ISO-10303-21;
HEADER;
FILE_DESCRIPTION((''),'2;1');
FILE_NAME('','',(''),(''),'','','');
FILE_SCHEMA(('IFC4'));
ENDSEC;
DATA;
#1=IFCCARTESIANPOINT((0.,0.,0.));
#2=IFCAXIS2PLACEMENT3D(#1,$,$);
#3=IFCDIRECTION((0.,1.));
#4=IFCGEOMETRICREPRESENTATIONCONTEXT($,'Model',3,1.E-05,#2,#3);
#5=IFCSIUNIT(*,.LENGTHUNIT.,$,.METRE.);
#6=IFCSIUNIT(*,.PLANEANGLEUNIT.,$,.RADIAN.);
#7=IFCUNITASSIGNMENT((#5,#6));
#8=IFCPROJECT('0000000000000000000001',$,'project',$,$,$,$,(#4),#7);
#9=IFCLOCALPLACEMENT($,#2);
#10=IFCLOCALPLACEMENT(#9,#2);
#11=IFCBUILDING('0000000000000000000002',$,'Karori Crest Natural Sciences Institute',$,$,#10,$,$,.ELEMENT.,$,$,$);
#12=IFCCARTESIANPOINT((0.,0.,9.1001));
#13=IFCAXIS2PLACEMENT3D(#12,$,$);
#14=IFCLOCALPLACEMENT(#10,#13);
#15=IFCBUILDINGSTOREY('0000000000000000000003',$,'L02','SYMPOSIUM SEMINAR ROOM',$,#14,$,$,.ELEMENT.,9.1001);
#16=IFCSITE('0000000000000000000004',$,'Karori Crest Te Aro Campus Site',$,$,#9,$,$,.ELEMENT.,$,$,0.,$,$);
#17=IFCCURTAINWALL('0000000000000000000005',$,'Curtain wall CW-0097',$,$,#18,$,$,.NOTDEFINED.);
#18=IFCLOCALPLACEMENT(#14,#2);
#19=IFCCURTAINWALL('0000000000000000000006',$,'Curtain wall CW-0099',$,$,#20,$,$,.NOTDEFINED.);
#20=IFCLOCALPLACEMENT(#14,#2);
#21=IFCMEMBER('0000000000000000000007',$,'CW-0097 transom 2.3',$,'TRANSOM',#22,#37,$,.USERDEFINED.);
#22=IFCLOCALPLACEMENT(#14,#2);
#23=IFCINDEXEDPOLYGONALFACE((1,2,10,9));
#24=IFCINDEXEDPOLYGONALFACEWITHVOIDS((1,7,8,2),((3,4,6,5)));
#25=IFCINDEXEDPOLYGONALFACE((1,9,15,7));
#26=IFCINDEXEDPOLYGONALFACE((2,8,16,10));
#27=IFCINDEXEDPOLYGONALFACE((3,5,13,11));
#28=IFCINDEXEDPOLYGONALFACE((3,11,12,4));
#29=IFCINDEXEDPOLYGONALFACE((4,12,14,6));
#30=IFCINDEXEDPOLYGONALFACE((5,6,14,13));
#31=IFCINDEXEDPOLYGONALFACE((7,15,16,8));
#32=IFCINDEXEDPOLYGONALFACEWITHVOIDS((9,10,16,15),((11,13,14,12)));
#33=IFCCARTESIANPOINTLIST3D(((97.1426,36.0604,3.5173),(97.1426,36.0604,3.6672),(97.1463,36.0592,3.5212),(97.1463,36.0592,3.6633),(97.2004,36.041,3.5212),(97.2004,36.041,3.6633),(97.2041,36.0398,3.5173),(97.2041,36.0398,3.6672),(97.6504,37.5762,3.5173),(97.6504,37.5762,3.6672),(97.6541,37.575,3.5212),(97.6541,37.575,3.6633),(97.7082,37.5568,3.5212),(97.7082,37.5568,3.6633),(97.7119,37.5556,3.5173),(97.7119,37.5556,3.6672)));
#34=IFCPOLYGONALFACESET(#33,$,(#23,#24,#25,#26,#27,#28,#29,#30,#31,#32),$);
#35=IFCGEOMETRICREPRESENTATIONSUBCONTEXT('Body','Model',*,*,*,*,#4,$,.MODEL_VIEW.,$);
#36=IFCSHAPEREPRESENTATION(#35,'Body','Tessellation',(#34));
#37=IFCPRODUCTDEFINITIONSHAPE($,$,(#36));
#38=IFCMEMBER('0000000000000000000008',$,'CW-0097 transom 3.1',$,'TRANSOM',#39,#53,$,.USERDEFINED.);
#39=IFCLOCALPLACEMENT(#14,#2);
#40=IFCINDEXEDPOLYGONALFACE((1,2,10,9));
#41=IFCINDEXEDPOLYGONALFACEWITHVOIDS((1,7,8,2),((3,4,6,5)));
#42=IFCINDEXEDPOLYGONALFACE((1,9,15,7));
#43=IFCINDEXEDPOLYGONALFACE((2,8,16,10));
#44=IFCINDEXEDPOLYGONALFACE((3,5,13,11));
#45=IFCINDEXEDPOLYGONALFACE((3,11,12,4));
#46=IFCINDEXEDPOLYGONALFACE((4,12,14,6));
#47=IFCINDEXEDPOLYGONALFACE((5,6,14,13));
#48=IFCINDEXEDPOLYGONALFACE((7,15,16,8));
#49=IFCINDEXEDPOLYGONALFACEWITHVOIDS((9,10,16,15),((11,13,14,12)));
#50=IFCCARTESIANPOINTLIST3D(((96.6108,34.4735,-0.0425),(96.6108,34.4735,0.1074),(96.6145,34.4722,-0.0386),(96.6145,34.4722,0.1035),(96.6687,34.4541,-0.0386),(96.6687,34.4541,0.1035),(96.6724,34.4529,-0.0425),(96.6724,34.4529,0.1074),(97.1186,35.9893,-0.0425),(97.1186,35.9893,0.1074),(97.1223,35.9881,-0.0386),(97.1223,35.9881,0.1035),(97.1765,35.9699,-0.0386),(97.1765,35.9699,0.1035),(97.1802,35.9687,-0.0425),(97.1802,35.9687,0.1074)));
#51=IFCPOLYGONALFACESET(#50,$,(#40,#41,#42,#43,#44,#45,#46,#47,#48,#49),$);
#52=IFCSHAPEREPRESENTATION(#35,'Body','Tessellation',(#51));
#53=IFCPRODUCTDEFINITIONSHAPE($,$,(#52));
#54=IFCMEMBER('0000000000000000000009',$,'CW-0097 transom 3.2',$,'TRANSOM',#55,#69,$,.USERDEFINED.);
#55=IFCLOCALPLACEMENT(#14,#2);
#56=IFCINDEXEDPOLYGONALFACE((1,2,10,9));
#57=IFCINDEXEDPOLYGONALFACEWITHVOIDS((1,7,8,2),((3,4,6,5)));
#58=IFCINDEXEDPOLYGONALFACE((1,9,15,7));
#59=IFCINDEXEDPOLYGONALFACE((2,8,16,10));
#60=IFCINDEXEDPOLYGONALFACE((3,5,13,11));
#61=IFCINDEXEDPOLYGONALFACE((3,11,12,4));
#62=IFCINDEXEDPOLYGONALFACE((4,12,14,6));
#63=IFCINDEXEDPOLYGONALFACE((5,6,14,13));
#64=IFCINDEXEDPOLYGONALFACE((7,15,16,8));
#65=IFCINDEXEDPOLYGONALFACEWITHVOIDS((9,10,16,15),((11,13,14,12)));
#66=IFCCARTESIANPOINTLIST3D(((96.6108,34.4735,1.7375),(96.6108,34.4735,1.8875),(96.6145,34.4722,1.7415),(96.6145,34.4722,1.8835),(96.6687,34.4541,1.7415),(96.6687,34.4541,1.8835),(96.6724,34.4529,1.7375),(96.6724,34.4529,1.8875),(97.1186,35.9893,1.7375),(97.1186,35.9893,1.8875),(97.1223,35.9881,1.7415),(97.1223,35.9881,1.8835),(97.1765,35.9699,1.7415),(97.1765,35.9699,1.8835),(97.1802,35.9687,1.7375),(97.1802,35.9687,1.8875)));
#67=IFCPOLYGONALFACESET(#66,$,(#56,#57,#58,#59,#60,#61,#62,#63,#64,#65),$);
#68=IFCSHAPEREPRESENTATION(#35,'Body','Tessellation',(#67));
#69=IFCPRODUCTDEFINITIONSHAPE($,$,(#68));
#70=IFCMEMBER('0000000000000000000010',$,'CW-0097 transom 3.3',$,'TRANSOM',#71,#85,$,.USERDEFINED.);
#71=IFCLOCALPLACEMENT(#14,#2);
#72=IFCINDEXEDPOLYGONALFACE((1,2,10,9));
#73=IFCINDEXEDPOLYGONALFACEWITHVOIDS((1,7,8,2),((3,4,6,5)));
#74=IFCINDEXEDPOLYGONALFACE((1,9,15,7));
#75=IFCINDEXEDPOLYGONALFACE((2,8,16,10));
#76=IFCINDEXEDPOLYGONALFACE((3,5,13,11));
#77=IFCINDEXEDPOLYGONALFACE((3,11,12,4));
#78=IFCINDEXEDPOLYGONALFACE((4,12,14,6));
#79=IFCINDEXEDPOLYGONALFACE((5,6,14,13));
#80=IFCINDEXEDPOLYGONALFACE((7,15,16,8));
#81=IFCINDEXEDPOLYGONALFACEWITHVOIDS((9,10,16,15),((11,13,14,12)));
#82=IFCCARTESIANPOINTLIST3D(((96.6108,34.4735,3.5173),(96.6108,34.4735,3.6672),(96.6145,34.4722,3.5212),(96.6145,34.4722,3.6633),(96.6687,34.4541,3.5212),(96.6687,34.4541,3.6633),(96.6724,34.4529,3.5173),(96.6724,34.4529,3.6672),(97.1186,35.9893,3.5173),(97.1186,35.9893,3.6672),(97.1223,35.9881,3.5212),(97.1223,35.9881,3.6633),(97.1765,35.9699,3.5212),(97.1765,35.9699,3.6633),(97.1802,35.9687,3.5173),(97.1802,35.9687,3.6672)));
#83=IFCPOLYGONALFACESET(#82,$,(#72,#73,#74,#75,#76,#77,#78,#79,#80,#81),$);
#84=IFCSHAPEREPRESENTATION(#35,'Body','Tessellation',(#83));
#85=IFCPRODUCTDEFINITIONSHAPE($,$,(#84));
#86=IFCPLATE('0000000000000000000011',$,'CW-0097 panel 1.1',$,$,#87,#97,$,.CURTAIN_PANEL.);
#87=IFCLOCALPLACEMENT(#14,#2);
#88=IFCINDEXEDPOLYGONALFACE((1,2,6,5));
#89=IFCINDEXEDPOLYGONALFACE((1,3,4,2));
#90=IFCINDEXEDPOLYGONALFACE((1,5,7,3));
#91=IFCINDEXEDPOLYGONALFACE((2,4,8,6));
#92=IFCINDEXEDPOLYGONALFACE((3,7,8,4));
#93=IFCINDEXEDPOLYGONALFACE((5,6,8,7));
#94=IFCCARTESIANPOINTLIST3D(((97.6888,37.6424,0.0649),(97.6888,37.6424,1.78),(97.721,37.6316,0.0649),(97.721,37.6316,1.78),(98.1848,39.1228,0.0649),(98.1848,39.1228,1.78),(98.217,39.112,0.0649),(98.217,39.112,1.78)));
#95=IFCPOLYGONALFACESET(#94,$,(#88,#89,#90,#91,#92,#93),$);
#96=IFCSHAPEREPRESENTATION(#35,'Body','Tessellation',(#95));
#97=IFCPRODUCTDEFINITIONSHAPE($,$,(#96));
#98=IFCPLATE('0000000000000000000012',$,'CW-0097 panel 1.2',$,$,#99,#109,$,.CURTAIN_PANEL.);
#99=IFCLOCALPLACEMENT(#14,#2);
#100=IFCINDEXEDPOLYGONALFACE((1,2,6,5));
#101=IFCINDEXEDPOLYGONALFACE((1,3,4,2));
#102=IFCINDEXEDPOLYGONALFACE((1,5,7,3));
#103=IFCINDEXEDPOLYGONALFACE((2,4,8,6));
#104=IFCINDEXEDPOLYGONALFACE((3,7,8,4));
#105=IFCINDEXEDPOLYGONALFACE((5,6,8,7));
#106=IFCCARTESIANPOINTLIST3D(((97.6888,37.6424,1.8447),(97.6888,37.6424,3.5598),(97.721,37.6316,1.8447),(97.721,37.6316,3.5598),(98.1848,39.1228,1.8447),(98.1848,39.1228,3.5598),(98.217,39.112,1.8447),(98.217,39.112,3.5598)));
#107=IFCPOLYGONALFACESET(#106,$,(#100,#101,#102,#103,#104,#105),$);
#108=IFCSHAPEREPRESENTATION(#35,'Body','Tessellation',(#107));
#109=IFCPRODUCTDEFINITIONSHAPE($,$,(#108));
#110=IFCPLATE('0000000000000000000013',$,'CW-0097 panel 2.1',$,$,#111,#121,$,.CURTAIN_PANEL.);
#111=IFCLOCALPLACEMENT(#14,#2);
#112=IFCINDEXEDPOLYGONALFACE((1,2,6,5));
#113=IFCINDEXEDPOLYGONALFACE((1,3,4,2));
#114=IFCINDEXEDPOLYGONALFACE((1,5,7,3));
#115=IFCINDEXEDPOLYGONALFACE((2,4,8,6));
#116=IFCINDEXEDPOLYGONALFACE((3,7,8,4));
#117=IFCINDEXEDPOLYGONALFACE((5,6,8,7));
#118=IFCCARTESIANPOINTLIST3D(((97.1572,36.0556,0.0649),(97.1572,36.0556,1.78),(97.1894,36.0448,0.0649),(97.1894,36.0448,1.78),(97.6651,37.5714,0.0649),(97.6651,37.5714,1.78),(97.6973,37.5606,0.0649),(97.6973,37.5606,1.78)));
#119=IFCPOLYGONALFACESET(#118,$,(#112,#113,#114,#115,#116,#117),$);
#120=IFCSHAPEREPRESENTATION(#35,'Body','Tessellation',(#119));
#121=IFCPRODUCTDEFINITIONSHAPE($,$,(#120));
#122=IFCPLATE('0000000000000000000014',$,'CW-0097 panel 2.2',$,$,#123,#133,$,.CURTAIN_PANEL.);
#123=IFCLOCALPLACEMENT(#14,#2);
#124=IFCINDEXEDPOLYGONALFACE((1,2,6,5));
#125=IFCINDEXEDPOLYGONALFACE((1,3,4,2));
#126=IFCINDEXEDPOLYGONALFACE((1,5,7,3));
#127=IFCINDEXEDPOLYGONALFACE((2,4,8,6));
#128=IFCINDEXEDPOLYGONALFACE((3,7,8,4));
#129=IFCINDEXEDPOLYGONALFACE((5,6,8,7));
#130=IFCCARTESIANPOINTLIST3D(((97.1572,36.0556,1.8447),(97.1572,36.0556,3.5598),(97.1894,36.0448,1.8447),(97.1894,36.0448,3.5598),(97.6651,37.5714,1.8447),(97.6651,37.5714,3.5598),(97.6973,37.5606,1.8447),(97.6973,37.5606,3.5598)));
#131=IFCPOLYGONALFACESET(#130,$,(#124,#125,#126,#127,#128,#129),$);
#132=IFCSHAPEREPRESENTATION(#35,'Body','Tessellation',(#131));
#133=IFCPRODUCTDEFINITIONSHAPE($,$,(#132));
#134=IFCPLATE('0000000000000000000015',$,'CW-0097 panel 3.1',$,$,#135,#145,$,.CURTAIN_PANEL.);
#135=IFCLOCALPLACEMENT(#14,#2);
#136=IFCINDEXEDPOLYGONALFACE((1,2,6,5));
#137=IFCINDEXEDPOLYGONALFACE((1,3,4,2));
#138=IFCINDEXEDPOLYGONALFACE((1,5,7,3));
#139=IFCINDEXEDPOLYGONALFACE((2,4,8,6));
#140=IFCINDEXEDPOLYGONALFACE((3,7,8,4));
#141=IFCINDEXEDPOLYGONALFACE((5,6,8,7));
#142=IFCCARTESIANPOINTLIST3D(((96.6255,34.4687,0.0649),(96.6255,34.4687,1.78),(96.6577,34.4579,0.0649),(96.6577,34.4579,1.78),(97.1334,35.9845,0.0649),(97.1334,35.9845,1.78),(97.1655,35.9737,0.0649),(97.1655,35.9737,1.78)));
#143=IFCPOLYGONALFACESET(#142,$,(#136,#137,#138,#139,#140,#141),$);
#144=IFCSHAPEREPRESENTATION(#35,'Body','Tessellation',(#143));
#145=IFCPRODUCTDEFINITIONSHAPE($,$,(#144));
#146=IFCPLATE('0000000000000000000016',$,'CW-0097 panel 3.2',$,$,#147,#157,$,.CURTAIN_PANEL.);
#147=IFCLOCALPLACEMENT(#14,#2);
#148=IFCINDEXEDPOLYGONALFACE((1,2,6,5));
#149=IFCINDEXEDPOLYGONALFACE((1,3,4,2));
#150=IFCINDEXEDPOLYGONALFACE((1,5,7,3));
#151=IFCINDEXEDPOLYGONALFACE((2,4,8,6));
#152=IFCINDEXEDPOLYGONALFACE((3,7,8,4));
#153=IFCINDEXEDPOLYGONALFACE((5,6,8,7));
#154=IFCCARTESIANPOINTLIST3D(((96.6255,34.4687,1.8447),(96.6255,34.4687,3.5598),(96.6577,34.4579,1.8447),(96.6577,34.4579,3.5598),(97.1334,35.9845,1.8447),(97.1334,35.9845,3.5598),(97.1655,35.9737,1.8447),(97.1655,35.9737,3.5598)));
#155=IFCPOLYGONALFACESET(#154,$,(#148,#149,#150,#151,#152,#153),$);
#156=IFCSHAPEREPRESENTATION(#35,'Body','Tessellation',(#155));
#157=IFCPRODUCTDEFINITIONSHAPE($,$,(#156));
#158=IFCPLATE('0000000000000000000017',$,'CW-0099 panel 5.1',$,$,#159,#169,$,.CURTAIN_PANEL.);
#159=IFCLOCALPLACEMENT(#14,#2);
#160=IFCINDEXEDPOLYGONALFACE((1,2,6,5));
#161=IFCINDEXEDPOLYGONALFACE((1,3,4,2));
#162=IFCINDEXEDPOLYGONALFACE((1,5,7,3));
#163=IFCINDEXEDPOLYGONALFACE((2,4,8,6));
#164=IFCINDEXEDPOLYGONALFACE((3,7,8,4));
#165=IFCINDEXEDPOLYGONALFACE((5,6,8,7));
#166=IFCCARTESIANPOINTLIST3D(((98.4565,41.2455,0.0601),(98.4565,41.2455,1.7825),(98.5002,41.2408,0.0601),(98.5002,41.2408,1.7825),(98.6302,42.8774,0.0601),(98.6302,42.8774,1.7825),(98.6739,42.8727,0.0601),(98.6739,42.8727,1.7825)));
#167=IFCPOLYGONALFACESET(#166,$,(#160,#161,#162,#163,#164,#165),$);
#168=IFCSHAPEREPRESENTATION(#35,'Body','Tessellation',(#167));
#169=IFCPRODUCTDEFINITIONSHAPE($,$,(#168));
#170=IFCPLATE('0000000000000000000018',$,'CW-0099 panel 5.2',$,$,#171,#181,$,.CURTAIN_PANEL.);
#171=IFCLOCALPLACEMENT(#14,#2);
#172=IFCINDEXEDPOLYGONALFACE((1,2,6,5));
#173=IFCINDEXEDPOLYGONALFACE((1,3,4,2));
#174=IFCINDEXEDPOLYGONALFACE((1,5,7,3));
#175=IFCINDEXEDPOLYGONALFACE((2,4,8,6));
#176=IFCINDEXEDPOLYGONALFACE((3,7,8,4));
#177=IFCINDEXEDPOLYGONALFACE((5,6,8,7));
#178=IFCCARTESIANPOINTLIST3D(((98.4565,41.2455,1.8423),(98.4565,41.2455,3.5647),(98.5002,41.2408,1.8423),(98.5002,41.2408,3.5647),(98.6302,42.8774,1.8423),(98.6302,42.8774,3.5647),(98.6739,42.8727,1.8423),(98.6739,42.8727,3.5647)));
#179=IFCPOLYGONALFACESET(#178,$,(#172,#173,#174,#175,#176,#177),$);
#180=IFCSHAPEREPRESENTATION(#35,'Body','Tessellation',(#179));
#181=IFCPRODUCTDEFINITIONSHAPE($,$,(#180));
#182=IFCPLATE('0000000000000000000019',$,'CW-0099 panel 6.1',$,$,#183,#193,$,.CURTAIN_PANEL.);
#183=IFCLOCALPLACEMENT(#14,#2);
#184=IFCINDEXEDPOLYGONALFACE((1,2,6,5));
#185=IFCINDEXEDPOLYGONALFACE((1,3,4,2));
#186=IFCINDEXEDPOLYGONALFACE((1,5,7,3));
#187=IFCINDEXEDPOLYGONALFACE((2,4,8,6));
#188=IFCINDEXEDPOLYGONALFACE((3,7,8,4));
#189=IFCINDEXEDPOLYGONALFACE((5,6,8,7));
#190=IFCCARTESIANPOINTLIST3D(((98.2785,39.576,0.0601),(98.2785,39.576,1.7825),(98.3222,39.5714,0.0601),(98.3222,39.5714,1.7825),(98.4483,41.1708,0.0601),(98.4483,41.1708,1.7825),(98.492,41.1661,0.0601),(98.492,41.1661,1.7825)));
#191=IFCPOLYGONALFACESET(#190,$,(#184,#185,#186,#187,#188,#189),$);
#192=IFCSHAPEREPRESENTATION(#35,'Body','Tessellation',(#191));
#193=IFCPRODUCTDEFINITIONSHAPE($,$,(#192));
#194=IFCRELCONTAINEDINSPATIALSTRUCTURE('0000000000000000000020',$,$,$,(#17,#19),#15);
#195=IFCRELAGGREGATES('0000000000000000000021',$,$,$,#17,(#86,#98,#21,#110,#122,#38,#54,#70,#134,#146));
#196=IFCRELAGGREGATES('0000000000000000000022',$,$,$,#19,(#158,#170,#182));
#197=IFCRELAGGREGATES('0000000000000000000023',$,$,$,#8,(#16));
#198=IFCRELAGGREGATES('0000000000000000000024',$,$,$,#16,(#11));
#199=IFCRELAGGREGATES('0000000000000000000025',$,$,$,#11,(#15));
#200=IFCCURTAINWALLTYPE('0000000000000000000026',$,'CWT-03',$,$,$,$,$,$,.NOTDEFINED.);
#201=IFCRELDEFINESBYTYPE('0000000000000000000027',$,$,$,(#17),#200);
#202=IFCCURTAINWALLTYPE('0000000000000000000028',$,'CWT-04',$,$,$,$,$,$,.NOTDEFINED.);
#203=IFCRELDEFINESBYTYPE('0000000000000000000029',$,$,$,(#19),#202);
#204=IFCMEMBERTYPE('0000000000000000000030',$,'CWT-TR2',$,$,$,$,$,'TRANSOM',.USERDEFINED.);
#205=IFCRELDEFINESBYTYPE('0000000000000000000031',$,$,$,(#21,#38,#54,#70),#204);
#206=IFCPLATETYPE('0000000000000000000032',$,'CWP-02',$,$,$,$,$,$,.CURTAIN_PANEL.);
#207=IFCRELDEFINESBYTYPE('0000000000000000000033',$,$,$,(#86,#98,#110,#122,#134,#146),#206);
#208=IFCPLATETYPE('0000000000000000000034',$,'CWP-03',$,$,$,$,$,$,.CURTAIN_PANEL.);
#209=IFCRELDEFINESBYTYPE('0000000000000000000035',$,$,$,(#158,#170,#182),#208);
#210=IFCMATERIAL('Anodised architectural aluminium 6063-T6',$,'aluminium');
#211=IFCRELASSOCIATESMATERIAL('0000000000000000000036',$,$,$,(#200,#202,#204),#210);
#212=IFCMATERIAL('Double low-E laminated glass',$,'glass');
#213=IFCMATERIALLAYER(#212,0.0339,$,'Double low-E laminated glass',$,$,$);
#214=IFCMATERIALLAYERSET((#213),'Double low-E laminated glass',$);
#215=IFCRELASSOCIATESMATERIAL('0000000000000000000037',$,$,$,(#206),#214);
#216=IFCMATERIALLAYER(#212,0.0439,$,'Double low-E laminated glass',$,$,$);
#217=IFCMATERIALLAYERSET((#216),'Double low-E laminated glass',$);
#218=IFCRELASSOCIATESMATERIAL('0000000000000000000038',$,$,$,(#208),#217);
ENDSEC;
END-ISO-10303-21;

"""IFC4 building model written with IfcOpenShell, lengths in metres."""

from ifc_helpers import new_model, si_unit, direction, frame, origin, origin_2d, place, context, subcontext, project, spatial, rectangle, hollow_rectangle, extrude, material, layer, layer_set, material_profile, profile_set, type_object, element, aggregate, save


model = new_model("IFC4")

# Units and contexts
model_context = context("Model", 3, precision=1e-05, world=origin(), true_north=direction((0.0, 1.0)))
body_context = subcontext(model_context, "Body", "Model", "MODEL_VIEW")
ifc_project = project(units=[si_unit("LENGTHUNIT", "METRE"), si_unit("PLANEANGLEUNIT", "RADIAN")], contexts=[model_context])

# Site, building, storey
site_placement = place(None, origin())
site = spatial("IfcSite", under=ifc_project, at=site_placement, Name="Karori Crest Te Aro Campus Site", CompositionType="ELEMENT", RefElevation=0.0)
building_placement = place(site_placement, origin())
building = spatial("IfcBuilding", under=site, at=building_placement, Name="Karori Crest Natural Sciences Institute", CompositionType="ELEMENT")
storey_placement = place(building_placement, frame((0.0, 0.0, 9.1001)))
storey = spatial("IfcBuildingStorey", under=building, at=storey_placement, Name="L02", Description="SYMPOSIUM SEMINAR ROOM", CompositionType="ELEMENT", Elevation=9.1001)

# Curtain walls
ifc_material_1 = material(Name="Anodised architectural aluminium 6063-T6", Category="aluminium")
curtain_wall_type_1 = type_object("IfcCurtainWallType", Name="CWT-03", PredefinedType="NOTDEFINED", material=ifc_material_1)
curtain_wall_1_placement = place(storey_placement, origin())
curtain_wall_1 = element("IfcCurtainWall", 1, at=curtain_wall_1_placement, inside=storey, type_object=curtain_wall_type_1, Name="Curtain wall CW-0097", PredefinedType="NOTDEFINED")
curtain_wall_type_2 = type_object("IfcCurtainWallType", Name="CWT-04", PredefinedType="NOTDEFINED", material=ifc_material_1)
curtain_wall_2_placement = place(storey_placement, origin())
curtain_wall_2 = element("IfcCurtainWall", 2, at=curtain_wall_2_placement, inside=storey, type_object=curtain_wall_type_2, Name="Curtain wall CW-0099", PredefinedType="NOTDEFINED")

# Members
ifc_material_profile_1 = material_profile(ifc_material_1, hollow_rectangle(XDim=0.0649, YDim=0.1499, WallThickness=0.0039, at=origin_2d()), Name="CWT150x65x4")
ifc_profile_set_1 = profile_set([ifc_material_profile_1], Name="Anodised architectural aluminium 6063-T6")
member_type_1 = type_object("IfcMemberType", Name="CWT-TR2", ElementType="TRANSOM", PredefinedType="USERDEFINED", material=ifc_profile_set_1)
member_1_placement = place(storey_placement, frame((97.6812, 37.5659, 3.5923), z_axis=(-0.317648, -0.948209, 0.0), x_axis=(0.948209, -0.317648, 0.0)))
member_1 = element("IfcMember", 3, at=member_1_placement, type_object=member_type_1, Name="CW-0097 transom 2.3", ObjectType="TRANSOM", PredefinedType="USERDEFINED", context=body_context, shape_type="SweptSolid", body=[
    extrude(hollow_rectangle(XDim=0.0649, YDim=0.1499, WallThickness=0.0039, at=origin_2d()), origin(), (0.0, 0.0, 1.0), 1.5986),
])
member_2_placement = place(storey_placement, frame((97.1494, 35.979, 0.0325), z_axis=(-0.317648, -0.948209, 0.0), x_axis=(0.948209, -0.317648, 0.0)))
member_2 = element("IfcMember", 4, at=member_2_placement, type_object=member_type_1, Name="CW-0097 transom 3.1", ObjectType="TRANSOM", PredefinedType="USERDEFINED", context=body_context, shape_type="SweptSolid", body=[
    extrude(hollow_rectangle(XDim=0.0649, YDim=0.1499, WallThickness=0.0039, at=origin_2d()), origin(), (0.0, 0.0, 1.0), 1.5986),
])
member_3_placement = place(storey_placement, frame((97.1494, 35.979, 1.8125), z_axis=(-0.317648, -0.948209, 0.0), x_axis=(0.948209, -0.317648, 0.0)))
member_3 = element("IfcMember", 5, at=member_3_placement, type_object=member_type_1, Name="CW-0097 transom 3.2", ObjectType="TRANSOM", PredefinedType="USERDEFINED", context=body_context, shape_type="SweptSolid", body=[
    extrude(hollow_rectangle(XDim=0.0649, YDim=0.1499, WallThickness=0.0039, at=origin_2d()), origin(), (0.0, 0.0, 1.0), 1.5986),
])
member_4_placement = place(storey_placement, frame((97.1494, 35.979, 3.5923), z_axis=(-0.317648, -0.948209, 0.0), x_axis=(0.948209, -0.317648, 0.0)))
member_4 = element("IfcMember", 6, at=member_4_placement, type_object=member_type_1, Name="CW-0097 transom 3.3", ObjectType="TRANSOM", PredefinedType="USERDEFINED", context=body_context, shape_type="SweptSolid", body=[
    extrude(hollow_rectangle(XDim=0.0649, YDim=0.1499, WallThickness=0.0039, at=origin_2d()), origin(), (0.0, 0.0, 1.0), 1.5986),
])

# Plates
ifc_material_2 = material(Name="Double low-E laminated glass", Category="glass")
ifc_layer_1 = layer(ifc_material_2, 0.0339, Name="Double low-E laminated glass")
ifc_layer_set_1 = layer_set([ifc_layer_1], Name="Double low-E laminated glass")
plate_type_1 = type_object("IfcPlateType", Name="CWP-02", PredefinedType="CURTAIN_PANEL", material=ifc_layer_set_1)
plate_1_placement = place(storey_placement, frame((97.9529, 38.3772, 0.0649), z_axis=(0.0, 0.0, 1.0), x_axis=(-0.317685, -0.948196, 0.0)))
plate_1 = element("IfcPlate", 7, at=plate_1_placement, type_object=plate_type_1, Name="CW-0097 panel 1.1", PredefinedType="CURTAIN_PANEL", context=body_context, shape_type="SweptSolid", body=[
    extrude(rectangle(XDim=1.5613, YDim=0.0339, at=origin_2d()), origin(), (0.0, 0.0, 1.0), 1.7151),
])
plate_2_placement = place(storey_placement, frame((97.9529, 38.3772, 1.8447), z_axis=(0.0, 0.0, 1.0), x_axis=(-0.317685, -0.948196, 0.0)))
plate_2 = element("IfcPlate", 8, at=plate_2_placement, type_object=plate_type_1, Name="CW-0097 panel 1.2", PredefinedType="CURTAIN_PANEL", context=body_context, shape_type="SweptSolid", body=[
    extrude(rectangle(XDim=1.5613, YDim=0.0339, at=origin_2d()), origin(), (0.0, 0.0, 1.0), 1.7151),
])
plate_3_placement = place(storey_placement, frame((97.4272, 36.8081, 0.0649), z_axis=(0.0, 0.0, 1.0), x_axis=(-0.317685, -0.948196, 0.0)))
plate_3 = element("IfcPlate", 9, at=plate_3_placement, type_object=plate_type_1, Name="CW-0097 panel 2.1", PredefinedType="CURTAIN_PANEL", context=body_context, shape_type="SweptSolid", body=[
    extrude(rectangle(XDim=1.5986, YDim=0.0339, at=origin_2d()), origin(), (0.0, 0.0, 1.0), 1.7151),
])
plate_4_placement = place(storey_placement, frame((97.4272, 36.8081, 1.8447), z_axis=(0.0, 0.0, 1.0), x_axis=(-0.317685, -0.948196, 0.0)))
plate_4 = element("IfcPlate", 10, at=plate_4_placement, type_object=plate_type_1, Name="CW-0097 panel 2.2", PredefinedType="CURTAIN_PANEL", context=body_context, shape_type="SweptSolid", body=[
    extrude(rectangle(XDim=1.5986, YDim=0.0339, at=origin_2d()), origin(), (0.0, 0.0, 1.0), 1.7151),
])
plate_5_placement = place(storey_placement, frame((96.8955, 35.2212, 0.0649), z_axis=(0.0, 0.0, 1.0), x_axis=(-0.317685, -0.948196, 0.0)))
plate_5 = element("IfcPlate", 11, at=plate_5_placement, type_object=plate_type_1, Name="CW-0097 panel 3.1", PredefinedType="CURTAIN_PANEL", context=body_context, shape_type="SweptSolid", body=[
    extrude(rectangle(XDim=1.5986, YDim=0.0339, at=origin_2d()), origin(), (0.0, 0.0, 1.0), 1.7151),
])
plate_6_placement = place(storey_placement, frame((96.8955, 35.2212, 1.8447), z_axis=(0.0, 0.0, 1.0), x_axis=(-0.317685, -0.948196, 0.0)))
plate_6 = element("IfcPlate", 12, at=plate_6_placement, type_object=plate_type_1, Name="CW-0097 panel 3.2", PredefinedType="CURTAIN_PANEL", context=body_context, shape_type="SweptSolid", body=[
    extrude(rectangle(XDim=1.5986, YDim=0.0339, at=origin_2d()), origin(), (0.0, 0.0, 1.0), 1.7151),
])
aggregate(curtain_wall_1, [plate_1, plate_2, member_1, plate_3, plate_4, member_2, member_3, member_4, plate_5, plate_6])
ifc_layer_2 = layer(ifc_material_2, 0.0439, Name="Double low-E laminated glass")
ifc_layer_set_2 = layer_set([ifc_layer_2], Name="Double low-E laminated glass")
plate_type_2 = type_object("IfcPlateType", Name="CWP-03", PredefinedType="CURTAIN_PANEL", material=ifc_layer_set_2)
plate_7_placement = place(storey_placement, frame((98.5652, 42.0591, 0.0601), z_axis=(0.0, 0.0, 1.0), x_axis=(-0.105884, -0.994378, 0.0)))
plate_7 = element("IfcPlate", 13, at=plate_7_placement, type_object=plate_type_2, Name="CW-0099 panel 5.1", PredefinedType="CURTAIN_PANEL", context=body_context, shape_type="SweptSolid", body=[
    extrude(rectangle(XDim=1.6411, YDim=0.0439, at=origin_2d()), origin(), (0.0, 0.0, 1.0), 1.7224),
])
plate_8_placement = place(storey_placement, frame((98.5652, 42.0591, 1.8423), z_axis=(0.0, 0.0, 1.0), x_axis=(-0.105884, -0.994378, 0.0)))
plate_8 = element("IfcPlate", 14, at=plate_8_placement, type_object=plate_type_2, Name="CW-0099 panel 5.2", PredefinedType="CURTAIN_PANEL", context=body_context, shape_type="SweptSolid", body=[
    extrude(rectangle(XDim=1.6411, YDim=0.0439, at=origin_2d()), origin(), (0.0, 0.0, 1.0), 1.7224),
])
plate_9_placement = place(storey_placement, frame((98.3853, 40.3711, 0.0601), z_axis=(0.0, 0.0, 1.0), x_axis=(-0.105884, -0.994378, 0.0)))
plate_9 = element("IfcPlate", 15, at=plate_9_placement, type_object=plate_type_2, Name="CW-0099 panel 6.1", PredefinedType="CURTAIN_PANEL", context=body_context, shape_type="SweptSolid", body=[
    extrude(rectangle(XDim=1.6038, YDim=0.0439, at=origin_2d()), origin(), (0.0, 0.0, 1.0), 1.7224),
])
aggregate(curtain_wall_2, [plate_7, plate_8, plate_9])

save(model, "model.ifc")
